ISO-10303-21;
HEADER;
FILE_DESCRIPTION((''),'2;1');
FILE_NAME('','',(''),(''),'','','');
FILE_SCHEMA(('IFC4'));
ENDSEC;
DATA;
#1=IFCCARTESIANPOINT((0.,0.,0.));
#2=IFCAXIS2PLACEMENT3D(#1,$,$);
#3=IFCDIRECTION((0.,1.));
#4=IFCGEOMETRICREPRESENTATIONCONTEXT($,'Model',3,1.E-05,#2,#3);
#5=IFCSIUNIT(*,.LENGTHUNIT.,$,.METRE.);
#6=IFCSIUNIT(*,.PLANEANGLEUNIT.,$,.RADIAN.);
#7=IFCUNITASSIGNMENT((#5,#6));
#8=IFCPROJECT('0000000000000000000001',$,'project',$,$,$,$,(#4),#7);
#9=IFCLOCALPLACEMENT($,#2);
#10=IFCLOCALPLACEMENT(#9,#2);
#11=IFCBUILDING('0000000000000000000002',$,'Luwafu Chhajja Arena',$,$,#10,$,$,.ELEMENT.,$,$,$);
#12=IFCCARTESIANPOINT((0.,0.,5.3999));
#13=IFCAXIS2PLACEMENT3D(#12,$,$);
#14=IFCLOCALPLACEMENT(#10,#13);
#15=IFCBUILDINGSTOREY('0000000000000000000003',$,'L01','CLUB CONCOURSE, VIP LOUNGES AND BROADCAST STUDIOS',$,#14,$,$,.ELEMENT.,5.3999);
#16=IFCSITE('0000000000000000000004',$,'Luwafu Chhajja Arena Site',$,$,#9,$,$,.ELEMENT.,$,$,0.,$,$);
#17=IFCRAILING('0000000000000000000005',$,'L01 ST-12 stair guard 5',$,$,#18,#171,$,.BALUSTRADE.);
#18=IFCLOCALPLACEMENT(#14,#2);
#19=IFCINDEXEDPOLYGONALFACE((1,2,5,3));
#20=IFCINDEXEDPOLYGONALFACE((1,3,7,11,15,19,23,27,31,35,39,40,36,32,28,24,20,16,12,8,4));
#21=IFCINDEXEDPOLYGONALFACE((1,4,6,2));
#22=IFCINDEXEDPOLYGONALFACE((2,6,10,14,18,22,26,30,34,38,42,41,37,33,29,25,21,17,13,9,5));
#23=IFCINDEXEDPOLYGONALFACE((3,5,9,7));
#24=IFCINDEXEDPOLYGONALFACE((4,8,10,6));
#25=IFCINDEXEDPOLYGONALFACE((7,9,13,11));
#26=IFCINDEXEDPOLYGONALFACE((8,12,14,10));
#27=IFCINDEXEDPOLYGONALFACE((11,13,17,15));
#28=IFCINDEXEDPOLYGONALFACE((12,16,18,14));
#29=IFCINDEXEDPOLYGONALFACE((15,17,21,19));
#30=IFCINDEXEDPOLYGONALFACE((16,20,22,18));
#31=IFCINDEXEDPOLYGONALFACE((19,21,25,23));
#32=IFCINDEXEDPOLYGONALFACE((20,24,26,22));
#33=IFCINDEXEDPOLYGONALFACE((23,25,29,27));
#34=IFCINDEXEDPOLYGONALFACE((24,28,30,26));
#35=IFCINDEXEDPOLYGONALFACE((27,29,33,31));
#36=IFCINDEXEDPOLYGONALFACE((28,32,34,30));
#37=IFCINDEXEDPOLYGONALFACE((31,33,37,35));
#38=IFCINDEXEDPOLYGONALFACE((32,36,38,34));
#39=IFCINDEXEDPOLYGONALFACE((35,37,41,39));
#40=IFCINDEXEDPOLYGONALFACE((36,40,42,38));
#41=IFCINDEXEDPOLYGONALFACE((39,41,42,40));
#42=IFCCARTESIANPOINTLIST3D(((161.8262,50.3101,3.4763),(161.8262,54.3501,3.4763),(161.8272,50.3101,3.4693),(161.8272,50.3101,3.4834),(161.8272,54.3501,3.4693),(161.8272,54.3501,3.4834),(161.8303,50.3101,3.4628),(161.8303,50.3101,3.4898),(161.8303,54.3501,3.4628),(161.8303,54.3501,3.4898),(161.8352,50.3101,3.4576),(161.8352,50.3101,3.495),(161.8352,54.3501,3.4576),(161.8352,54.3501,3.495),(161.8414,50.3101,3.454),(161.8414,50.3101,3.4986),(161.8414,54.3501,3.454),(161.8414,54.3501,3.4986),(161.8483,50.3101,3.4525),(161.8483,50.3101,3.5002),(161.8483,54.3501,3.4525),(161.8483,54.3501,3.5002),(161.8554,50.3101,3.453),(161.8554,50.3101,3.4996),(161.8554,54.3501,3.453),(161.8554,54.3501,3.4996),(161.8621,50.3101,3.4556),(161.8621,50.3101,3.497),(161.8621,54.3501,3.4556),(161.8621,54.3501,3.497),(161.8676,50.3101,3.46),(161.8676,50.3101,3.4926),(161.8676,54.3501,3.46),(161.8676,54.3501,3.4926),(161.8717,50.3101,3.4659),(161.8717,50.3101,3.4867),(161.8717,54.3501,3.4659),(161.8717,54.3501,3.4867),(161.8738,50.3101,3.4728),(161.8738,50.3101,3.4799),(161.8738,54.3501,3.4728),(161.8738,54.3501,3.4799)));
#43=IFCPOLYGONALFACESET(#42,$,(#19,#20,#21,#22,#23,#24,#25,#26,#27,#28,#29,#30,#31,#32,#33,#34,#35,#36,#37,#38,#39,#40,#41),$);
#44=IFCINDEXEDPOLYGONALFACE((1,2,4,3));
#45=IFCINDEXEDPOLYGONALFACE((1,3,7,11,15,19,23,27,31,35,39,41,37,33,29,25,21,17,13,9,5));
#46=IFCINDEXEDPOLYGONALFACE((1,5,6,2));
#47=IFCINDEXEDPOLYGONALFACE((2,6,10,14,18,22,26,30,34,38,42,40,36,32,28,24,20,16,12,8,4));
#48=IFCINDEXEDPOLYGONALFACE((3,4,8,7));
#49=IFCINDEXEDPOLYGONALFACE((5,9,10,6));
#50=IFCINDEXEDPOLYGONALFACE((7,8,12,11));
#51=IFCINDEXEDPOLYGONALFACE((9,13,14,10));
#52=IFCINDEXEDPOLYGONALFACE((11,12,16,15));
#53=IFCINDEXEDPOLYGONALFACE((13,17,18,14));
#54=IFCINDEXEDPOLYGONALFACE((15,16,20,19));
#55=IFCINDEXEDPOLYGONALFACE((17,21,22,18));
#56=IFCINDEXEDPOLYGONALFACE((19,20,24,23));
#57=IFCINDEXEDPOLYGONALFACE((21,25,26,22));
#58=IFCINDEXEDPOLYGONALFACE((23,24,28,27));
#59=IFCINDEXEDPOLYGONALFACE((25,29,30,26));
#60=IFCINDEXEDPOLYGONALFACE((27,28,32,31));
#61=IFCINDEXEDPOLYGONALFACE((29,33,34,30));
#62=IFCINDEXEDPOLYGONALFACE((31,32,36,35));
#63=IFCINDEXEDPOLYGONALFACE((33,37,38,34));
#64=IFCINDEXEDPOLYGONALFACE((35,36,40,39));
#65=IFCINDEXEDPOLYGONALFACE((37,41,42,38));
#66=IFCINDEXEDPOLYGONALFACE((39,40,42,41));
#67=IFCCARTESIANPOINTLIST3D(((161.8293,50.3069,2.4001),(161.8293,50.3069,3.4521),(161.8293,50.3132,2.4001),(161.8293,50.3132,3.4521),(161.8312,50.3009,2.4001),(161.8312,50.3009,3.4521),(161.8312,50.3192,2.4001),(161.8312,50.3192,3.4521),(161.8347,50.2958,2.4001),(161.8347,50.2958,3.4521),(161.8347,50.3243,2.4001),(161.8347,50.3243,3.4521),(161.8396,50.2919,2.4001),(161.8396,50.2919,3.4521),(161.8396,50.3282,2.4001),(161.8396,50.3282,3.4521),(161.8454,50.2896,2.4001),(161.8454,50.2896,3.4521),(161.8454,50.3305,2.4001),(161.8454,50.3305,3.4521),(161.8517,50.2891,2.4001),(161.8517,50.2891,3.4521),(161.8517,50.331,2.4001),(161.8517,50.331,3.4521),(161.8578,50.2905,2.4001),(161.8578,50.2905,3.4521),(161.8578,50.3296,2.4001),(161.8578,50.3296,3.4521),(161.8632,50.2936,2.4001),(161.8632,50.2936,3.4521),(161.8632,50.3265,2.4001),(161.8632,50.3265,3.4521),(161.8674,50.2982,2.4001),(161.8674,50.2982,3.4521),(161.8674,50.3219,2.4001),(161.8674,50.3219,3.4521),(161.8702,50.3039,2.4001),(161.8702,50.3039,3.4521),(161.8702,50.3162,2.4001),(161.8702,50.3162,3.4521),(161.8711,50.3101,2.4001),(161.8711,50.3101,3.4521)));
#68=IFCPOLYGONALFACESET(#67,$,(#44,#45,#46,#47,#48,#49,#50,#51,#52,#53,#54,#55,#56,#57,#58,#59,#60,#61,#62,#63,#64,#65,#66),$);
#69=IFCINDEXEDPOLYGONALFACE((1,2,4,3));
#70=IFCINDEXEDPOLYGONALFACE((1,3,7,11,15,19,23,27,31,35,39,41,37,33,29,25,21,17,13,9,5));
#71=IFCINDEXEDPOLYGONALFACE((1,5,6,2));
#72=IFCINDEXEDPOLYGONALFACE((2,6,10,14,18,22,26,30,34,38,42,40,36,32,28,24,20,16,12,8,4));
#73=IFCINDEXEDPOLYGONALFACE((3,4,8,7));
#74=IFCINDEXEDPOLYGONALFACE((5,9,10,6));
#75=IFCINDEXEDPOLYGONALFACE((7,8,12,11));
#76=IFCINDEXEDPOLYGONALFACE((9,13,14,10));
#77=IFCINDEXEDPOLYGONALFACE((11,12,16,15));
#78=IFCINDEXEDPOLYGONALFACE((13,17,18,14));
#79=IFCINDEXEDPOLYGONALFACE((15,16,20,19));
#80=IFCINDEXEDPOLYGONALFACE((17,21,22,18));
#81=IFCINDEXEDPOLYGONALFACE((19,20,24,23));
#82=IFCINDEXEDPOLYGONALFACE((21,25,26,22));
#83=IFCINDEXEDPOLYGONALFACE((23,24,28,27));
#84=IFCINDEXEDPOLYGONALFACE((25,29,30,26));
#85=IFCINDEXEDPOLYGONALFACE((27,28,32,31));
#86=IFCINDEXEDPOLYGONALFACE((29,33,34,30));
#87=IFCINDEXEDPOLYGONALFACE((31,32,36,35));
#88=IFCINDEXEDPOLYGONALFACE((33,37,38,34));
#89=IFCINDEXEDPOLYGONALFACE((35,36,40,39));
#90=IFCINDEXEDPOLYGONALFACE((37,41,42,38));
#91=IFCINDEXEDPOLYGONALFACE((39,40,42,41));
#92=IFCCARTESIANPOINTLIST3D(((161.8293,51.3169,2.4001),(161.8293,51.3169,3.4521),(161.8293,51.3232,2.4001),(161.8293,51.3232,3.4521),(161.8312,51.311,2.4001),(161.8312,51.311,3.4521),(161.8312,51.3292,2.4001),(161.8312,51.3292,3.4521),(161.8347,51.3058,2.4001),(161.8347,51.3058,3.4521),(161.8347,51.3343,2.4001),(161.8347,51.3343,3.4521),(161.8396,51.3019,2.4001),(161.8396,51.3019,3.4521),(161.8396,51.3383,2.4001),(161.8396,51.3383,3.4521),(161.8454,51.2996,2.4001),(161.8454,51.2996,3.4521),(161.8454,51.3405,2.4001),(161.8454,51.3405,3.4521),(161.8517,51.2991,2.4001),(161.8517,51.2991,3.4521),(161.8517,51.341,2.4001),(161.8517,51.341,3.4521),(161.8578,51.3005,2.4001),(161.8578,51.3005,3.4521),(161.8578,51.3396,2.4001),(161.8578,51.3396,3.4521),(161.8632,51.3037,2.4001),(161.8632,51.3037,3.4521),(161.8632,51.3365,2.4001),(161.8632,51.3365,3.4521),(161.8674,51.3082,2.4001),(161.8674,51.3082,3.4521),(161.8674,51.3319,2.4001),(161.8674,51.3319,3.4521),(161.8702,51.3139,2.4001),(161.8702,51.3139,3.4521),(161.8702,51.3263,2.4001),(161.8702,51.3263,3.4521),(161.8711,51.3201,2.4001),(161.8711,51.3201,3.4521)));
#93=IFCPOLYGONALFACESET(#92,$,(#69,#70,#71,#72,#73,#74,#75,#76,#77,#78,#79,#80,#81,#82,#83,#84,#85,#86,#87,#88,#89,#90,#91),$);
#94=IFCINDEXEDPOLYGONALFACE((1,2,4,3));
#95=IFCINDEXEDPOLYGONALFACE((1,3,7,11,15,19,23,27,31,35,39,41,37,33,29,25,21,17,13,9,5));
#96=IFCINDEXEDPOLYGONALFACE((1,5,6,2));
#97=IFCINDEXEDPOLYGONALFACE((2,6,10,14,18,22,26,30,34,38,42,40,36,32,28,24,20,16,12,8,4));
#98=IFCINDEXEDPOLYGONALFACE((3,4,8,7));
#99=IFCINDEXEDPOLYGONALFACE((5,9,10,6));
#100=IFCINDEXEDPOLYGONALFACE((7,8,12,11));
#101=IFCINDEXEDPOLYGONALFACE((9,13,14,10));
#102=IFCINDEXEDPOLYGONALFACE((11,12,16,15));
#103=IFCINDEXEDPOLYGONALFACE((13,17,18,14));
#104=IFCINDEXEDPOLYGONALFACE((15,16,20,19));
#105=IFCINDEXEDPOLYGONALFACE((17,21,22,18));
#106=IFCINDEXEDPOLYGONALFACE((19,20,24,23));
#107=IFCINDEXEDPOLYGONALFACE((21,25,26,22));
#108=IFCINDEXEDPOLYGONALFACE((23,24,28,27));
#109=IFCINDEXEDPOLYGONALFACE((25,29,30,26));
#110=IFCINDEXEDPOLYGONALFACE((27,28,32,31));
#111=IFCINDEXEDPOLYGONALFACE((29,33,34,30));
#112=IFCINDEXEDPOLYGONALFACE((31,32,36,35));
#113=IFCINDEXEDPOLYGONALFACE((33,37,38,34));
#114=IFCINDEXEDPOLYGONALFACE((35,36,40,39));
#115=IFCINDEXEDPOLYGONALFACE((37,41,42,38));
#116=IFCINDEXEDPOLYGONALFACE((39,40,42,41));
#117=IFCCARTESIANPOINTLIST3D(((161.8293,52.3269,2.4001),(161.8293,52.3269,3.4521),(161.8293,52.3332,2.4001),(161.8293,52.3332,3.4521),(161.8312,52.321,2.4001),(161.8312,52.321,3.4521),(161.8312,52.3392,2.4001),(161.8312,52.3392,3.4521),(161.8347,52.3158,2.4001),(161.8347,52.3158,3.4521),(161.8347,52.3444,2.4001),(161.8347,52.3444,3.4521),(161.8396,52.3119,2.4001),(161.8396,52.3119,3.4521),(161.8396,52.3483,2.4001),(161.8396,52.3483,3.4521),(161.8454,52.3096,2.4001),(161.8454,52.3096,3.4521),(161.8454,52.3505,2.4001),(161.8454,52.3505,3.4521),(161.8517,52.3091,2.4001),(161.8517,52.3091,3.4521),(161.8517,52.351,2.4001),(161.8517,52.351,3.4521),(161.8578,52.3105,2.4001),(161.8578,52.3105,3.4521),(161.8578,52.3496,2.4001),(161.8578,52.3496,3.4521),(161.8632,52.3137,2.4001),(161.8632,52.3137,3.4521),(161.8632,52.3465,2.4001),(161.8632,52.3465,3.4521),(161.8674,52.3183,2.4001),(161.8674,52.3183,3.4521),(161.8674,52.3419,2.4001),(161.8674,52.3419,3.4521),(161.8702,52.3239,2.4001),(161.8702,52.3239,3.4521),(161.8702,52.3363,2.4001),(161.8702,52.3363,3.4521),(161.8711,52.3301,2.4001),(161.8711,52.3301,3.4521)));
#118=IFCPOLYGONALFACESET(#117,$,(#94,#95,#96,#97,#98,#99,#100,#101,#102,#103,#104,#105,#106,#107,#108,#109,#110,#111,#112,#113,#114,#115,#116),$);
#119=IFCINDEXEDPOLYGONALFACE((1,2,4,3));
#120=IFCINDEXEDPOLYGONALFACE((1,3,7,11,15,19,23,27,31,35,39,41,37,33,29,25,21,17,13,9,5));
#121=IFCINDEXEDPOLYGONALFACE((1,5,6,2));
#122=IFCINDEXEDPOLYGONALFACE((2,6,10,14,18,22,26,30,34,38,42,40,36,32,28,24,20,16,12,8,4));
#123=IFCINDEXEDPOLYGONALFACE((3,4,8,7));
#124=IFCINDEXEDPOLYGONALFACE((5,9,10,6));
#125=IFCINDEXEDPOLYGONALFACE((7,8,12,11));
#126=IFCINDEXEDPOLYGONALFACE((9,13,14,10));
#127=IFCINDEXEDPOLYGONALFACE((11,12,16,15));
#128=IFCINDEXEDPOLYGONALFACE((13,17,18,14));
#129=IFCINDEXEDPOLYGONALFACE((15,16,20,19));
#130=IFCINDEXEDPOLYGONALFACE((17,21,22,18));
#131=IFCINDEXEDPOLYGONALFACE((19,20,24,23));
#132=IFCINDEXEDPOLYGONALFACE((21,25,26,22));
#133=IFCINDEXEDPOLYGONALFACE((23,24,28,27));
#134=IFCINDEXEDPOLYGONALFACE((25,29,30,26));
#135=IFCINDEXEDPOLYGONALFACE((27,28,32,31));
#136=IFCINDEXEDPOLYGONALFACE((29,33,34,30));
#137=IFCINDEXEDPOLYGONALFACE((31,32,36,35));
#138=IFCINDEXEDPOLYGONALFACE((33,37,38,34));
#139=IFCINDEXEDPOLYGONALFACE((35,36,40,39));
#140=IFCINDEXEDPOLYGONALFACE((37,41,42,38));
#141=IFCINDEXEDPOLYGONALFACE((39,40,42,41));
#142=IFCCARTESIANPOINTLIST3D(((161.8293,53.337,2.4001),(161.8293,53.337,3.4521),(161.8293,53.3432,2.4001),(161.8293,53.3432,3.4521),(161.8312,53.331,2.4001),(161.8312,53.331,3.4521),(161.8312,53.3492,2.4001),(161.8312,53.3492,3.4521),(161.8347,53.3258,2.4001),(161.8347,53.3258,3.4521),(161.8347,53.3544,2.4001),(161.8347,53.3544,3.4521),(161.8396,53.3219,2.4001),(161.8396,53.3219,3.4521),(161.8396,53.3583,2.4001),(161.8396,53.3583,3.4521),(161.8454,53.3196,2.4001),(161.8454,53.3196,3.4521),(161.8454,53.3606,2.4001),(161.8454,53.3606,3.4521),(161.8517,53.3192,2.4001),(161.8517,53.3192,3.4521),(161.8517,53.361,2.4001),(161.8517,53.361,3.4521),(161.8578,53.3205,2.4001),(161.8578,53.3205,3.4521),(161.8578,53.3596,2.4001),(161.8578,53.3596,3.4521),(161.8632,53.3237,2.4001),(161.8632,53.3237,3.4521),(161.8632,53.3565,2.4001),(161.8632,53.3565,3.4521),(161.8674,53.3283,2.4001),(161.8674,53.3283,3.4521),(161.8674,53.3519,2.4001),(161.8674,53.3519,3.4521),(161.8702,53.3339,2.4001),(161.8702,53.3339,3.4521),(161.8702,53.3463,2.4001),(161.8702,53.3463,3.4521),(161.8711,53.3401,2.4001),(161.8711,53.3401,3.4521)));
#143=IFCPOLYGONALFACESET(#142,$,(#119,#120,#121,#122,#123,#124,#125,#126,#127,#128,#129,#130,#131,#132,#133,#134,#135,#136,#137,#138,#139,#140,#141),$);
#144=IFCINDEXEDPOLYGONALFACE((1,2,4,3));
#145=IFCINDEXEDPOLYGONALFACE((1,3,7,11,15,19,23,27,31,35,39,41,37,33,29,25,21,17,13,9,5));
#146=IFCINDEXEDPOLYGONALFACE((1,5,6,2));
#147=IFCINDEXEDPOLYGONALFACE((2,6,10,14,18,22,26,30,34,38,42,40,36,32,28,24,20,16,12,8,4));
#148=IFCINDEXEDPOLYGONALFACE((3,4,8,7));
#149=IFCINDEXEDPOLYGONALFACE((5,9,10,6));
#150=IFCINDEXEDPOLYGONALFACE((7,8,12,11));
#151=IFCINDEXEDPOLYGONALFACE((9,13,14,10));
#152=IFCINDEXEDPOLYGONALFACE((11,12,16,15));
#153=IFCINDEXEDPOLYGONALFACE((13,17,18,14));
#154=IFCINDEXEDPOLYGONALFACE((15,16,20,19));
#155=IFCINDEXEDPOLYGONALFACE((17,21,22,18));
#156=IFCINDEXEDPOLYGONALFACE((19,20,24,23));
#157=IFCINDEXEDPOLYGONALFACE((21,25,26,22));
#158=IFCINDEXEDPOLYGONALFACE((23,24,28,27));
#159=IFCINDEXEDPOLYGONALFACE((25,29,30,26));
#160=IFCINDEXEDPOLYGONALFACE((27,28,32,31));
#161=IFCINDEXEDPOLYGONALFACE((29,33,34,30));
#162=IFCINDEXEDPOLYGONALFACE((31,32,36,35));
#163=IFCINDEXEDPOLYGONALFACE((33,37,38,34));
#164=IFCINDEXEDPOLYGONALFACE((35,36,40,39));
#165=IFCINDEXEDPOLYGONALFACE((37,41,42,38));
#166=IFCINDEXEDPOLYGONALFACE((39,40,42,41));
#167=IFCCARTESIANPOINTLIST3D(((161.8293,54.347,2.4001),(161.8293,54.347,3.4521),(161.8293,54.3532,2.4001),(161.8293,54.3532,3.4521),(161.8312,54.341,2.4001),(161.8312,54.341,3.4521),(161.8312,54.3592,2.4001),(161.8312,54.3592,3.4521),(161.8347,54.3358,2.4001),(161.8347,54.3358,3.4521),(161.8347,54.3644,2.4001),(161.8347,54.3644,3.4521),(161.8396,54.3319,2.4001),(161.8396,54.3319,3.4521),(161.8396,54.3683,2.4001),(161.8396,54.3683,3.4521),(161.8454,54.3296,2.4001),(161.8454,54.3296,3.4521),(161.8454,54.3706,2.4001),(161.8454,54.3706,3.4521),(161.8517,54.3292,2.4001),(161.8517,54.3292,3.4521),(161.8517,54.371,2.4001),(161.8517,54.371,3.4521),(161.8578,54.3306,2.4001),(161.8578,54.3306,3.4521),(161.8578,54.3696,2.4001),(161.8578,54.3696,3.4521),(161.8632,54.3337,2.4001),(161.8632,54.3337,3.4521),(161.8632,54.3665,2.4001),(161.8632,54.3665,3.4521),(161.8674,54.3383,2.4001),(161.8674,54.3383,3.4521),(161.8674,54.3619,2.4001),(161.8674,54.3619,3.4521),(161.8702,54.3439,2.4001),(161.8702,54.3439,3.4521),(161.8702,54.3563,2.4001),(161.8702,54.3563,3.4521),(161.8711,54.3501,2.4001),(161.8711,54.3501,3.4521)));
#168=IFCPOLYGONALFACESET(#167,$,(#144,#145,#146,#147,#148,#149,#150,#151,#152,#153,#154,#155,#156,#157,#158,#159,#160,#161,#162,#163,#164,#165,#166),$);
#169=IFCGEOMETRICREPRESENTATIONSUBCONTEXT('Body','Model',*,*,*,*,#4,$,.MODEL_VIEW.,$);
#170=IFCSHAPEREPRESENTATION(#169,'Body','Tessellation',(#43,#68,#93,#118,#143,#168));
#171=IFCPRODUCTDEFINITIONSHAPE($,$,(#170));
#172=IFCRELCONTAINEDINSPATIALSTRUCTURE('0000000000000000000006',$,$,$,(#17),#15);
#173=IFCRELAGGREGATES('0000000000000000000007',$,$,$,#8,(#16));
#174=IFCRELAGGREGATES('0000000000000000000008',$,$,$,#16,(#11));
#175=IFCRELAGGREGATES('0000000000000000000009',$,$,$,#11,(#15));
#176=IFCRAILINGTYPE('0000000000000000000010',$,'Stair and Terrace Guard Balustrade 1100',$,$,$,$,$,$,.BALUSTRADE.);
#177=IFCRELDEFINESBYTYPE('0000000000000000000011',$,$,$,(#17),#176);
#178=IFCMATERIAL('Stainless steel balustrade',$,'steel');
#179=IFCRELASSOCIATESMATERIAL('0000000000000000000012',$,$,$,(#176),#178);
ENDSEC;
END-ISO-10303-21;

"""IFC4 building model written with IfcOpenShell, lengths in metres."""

from ifc_helpers import new_model, si_unit, direction, frame, origin, origin_2d, place, context, subcontext, project, spatial, circle, extrude, material, type_object, element, save


model = new_model("IFC4")

# Units and contexts
model_context = context("Model", 3, precision=1e-05, world=origin(), true_north=direction((0.0, 1.0)))
body_context = subcontext(model_context, "Body", "Model", "MODEL_VIEW")
ifc_project = project(units=[si_unit("LENGTHUNIT", "METRE"), si_unit("PLANEANGLEUNIT", "RADIAN")], contexts=[model_context])

# Site, building, storey
site_placement = place(None, origin())
site = spatial("IfcSite", under=ifc_project, at=site_placement, Name="Luwafu Chhajja Arena Site", CompositionType="ELEMENT", RefElevation=0.0)
building_placement = place(site_placement, origin())
building = spatial("IfcBuilding", under=site, at=building_placement, Name="Luwafu Chhajja Arena", CompositionType="ELEMENT")
storey_placement = place(building_placement, frame((0.0, 0.0, 5.3999)))
storey = spatial("IfcBuildingStorey", under=building, at=storey_placement, Name="L01", Description="CLUB CONCOURSE, VIP LOUNGES AND BROADCAST STUDIOS", CompositionType="ELEMENT", Elevation=5.3999)

# Railing
ifc_material_1 = material(Name="Stainless steel balustrade", Category="steel")
railing_type_1 = type_object("IfcRailingType", Name="Stair and Terrace Guard Balustrade 1100", PredefinedType="BALUSTRADE", material=ifc_material_1)
railing_1_placement = place(storey_placement, frame((161.8501, 50.3101, 2.4001)))
element("IfcRailing", 1, at=railing_1_placement, inside=storey, type_object=railing_type_1, Name="L01 ST-12 stair guard 5", PredefinedType="BALUSTRADE", context=body_context, shape_type="SweptSolid", body=[
    extrude(circle(Radius=0.0239, at=origin_2d()), frame((0.0, 0.0, 1.0762), z_axis=(0.0, 1.0, 0.0), x_axis=(-1.0, 0.0, 0.0)), (0.0, 0.0, 1.0), 4.04),
    extrude(circle(Radius=0.021, at=origin_2d()), origin(), (0.0, 0.0, 1.0), 1.052),
    extrude(circle(Radius=0.021, at=origin_2d()), frame((0.0, 1.01, 0.0)), (0.0, 0.0, 1.0), 1.052),
    extrude(circle(Radius=0.021, at=origin_2d()), frame((0.0, 2.02, 0.0)), (0.0, 0.0, 1.0), 1.052),
    extrude(circle(Radius=0.021, at=origin_2d()), frame((0.0, 3.03, 0.0)), (0.0, 0.0, 1.0), 1.052),
    extrude(circle(Radius=0.021, at=origin_2d()), frame((0.0, 4.04, 0.0)), (0.0, 0.0, 1.0), 1.052),
])

save(model, "model.ifc")
